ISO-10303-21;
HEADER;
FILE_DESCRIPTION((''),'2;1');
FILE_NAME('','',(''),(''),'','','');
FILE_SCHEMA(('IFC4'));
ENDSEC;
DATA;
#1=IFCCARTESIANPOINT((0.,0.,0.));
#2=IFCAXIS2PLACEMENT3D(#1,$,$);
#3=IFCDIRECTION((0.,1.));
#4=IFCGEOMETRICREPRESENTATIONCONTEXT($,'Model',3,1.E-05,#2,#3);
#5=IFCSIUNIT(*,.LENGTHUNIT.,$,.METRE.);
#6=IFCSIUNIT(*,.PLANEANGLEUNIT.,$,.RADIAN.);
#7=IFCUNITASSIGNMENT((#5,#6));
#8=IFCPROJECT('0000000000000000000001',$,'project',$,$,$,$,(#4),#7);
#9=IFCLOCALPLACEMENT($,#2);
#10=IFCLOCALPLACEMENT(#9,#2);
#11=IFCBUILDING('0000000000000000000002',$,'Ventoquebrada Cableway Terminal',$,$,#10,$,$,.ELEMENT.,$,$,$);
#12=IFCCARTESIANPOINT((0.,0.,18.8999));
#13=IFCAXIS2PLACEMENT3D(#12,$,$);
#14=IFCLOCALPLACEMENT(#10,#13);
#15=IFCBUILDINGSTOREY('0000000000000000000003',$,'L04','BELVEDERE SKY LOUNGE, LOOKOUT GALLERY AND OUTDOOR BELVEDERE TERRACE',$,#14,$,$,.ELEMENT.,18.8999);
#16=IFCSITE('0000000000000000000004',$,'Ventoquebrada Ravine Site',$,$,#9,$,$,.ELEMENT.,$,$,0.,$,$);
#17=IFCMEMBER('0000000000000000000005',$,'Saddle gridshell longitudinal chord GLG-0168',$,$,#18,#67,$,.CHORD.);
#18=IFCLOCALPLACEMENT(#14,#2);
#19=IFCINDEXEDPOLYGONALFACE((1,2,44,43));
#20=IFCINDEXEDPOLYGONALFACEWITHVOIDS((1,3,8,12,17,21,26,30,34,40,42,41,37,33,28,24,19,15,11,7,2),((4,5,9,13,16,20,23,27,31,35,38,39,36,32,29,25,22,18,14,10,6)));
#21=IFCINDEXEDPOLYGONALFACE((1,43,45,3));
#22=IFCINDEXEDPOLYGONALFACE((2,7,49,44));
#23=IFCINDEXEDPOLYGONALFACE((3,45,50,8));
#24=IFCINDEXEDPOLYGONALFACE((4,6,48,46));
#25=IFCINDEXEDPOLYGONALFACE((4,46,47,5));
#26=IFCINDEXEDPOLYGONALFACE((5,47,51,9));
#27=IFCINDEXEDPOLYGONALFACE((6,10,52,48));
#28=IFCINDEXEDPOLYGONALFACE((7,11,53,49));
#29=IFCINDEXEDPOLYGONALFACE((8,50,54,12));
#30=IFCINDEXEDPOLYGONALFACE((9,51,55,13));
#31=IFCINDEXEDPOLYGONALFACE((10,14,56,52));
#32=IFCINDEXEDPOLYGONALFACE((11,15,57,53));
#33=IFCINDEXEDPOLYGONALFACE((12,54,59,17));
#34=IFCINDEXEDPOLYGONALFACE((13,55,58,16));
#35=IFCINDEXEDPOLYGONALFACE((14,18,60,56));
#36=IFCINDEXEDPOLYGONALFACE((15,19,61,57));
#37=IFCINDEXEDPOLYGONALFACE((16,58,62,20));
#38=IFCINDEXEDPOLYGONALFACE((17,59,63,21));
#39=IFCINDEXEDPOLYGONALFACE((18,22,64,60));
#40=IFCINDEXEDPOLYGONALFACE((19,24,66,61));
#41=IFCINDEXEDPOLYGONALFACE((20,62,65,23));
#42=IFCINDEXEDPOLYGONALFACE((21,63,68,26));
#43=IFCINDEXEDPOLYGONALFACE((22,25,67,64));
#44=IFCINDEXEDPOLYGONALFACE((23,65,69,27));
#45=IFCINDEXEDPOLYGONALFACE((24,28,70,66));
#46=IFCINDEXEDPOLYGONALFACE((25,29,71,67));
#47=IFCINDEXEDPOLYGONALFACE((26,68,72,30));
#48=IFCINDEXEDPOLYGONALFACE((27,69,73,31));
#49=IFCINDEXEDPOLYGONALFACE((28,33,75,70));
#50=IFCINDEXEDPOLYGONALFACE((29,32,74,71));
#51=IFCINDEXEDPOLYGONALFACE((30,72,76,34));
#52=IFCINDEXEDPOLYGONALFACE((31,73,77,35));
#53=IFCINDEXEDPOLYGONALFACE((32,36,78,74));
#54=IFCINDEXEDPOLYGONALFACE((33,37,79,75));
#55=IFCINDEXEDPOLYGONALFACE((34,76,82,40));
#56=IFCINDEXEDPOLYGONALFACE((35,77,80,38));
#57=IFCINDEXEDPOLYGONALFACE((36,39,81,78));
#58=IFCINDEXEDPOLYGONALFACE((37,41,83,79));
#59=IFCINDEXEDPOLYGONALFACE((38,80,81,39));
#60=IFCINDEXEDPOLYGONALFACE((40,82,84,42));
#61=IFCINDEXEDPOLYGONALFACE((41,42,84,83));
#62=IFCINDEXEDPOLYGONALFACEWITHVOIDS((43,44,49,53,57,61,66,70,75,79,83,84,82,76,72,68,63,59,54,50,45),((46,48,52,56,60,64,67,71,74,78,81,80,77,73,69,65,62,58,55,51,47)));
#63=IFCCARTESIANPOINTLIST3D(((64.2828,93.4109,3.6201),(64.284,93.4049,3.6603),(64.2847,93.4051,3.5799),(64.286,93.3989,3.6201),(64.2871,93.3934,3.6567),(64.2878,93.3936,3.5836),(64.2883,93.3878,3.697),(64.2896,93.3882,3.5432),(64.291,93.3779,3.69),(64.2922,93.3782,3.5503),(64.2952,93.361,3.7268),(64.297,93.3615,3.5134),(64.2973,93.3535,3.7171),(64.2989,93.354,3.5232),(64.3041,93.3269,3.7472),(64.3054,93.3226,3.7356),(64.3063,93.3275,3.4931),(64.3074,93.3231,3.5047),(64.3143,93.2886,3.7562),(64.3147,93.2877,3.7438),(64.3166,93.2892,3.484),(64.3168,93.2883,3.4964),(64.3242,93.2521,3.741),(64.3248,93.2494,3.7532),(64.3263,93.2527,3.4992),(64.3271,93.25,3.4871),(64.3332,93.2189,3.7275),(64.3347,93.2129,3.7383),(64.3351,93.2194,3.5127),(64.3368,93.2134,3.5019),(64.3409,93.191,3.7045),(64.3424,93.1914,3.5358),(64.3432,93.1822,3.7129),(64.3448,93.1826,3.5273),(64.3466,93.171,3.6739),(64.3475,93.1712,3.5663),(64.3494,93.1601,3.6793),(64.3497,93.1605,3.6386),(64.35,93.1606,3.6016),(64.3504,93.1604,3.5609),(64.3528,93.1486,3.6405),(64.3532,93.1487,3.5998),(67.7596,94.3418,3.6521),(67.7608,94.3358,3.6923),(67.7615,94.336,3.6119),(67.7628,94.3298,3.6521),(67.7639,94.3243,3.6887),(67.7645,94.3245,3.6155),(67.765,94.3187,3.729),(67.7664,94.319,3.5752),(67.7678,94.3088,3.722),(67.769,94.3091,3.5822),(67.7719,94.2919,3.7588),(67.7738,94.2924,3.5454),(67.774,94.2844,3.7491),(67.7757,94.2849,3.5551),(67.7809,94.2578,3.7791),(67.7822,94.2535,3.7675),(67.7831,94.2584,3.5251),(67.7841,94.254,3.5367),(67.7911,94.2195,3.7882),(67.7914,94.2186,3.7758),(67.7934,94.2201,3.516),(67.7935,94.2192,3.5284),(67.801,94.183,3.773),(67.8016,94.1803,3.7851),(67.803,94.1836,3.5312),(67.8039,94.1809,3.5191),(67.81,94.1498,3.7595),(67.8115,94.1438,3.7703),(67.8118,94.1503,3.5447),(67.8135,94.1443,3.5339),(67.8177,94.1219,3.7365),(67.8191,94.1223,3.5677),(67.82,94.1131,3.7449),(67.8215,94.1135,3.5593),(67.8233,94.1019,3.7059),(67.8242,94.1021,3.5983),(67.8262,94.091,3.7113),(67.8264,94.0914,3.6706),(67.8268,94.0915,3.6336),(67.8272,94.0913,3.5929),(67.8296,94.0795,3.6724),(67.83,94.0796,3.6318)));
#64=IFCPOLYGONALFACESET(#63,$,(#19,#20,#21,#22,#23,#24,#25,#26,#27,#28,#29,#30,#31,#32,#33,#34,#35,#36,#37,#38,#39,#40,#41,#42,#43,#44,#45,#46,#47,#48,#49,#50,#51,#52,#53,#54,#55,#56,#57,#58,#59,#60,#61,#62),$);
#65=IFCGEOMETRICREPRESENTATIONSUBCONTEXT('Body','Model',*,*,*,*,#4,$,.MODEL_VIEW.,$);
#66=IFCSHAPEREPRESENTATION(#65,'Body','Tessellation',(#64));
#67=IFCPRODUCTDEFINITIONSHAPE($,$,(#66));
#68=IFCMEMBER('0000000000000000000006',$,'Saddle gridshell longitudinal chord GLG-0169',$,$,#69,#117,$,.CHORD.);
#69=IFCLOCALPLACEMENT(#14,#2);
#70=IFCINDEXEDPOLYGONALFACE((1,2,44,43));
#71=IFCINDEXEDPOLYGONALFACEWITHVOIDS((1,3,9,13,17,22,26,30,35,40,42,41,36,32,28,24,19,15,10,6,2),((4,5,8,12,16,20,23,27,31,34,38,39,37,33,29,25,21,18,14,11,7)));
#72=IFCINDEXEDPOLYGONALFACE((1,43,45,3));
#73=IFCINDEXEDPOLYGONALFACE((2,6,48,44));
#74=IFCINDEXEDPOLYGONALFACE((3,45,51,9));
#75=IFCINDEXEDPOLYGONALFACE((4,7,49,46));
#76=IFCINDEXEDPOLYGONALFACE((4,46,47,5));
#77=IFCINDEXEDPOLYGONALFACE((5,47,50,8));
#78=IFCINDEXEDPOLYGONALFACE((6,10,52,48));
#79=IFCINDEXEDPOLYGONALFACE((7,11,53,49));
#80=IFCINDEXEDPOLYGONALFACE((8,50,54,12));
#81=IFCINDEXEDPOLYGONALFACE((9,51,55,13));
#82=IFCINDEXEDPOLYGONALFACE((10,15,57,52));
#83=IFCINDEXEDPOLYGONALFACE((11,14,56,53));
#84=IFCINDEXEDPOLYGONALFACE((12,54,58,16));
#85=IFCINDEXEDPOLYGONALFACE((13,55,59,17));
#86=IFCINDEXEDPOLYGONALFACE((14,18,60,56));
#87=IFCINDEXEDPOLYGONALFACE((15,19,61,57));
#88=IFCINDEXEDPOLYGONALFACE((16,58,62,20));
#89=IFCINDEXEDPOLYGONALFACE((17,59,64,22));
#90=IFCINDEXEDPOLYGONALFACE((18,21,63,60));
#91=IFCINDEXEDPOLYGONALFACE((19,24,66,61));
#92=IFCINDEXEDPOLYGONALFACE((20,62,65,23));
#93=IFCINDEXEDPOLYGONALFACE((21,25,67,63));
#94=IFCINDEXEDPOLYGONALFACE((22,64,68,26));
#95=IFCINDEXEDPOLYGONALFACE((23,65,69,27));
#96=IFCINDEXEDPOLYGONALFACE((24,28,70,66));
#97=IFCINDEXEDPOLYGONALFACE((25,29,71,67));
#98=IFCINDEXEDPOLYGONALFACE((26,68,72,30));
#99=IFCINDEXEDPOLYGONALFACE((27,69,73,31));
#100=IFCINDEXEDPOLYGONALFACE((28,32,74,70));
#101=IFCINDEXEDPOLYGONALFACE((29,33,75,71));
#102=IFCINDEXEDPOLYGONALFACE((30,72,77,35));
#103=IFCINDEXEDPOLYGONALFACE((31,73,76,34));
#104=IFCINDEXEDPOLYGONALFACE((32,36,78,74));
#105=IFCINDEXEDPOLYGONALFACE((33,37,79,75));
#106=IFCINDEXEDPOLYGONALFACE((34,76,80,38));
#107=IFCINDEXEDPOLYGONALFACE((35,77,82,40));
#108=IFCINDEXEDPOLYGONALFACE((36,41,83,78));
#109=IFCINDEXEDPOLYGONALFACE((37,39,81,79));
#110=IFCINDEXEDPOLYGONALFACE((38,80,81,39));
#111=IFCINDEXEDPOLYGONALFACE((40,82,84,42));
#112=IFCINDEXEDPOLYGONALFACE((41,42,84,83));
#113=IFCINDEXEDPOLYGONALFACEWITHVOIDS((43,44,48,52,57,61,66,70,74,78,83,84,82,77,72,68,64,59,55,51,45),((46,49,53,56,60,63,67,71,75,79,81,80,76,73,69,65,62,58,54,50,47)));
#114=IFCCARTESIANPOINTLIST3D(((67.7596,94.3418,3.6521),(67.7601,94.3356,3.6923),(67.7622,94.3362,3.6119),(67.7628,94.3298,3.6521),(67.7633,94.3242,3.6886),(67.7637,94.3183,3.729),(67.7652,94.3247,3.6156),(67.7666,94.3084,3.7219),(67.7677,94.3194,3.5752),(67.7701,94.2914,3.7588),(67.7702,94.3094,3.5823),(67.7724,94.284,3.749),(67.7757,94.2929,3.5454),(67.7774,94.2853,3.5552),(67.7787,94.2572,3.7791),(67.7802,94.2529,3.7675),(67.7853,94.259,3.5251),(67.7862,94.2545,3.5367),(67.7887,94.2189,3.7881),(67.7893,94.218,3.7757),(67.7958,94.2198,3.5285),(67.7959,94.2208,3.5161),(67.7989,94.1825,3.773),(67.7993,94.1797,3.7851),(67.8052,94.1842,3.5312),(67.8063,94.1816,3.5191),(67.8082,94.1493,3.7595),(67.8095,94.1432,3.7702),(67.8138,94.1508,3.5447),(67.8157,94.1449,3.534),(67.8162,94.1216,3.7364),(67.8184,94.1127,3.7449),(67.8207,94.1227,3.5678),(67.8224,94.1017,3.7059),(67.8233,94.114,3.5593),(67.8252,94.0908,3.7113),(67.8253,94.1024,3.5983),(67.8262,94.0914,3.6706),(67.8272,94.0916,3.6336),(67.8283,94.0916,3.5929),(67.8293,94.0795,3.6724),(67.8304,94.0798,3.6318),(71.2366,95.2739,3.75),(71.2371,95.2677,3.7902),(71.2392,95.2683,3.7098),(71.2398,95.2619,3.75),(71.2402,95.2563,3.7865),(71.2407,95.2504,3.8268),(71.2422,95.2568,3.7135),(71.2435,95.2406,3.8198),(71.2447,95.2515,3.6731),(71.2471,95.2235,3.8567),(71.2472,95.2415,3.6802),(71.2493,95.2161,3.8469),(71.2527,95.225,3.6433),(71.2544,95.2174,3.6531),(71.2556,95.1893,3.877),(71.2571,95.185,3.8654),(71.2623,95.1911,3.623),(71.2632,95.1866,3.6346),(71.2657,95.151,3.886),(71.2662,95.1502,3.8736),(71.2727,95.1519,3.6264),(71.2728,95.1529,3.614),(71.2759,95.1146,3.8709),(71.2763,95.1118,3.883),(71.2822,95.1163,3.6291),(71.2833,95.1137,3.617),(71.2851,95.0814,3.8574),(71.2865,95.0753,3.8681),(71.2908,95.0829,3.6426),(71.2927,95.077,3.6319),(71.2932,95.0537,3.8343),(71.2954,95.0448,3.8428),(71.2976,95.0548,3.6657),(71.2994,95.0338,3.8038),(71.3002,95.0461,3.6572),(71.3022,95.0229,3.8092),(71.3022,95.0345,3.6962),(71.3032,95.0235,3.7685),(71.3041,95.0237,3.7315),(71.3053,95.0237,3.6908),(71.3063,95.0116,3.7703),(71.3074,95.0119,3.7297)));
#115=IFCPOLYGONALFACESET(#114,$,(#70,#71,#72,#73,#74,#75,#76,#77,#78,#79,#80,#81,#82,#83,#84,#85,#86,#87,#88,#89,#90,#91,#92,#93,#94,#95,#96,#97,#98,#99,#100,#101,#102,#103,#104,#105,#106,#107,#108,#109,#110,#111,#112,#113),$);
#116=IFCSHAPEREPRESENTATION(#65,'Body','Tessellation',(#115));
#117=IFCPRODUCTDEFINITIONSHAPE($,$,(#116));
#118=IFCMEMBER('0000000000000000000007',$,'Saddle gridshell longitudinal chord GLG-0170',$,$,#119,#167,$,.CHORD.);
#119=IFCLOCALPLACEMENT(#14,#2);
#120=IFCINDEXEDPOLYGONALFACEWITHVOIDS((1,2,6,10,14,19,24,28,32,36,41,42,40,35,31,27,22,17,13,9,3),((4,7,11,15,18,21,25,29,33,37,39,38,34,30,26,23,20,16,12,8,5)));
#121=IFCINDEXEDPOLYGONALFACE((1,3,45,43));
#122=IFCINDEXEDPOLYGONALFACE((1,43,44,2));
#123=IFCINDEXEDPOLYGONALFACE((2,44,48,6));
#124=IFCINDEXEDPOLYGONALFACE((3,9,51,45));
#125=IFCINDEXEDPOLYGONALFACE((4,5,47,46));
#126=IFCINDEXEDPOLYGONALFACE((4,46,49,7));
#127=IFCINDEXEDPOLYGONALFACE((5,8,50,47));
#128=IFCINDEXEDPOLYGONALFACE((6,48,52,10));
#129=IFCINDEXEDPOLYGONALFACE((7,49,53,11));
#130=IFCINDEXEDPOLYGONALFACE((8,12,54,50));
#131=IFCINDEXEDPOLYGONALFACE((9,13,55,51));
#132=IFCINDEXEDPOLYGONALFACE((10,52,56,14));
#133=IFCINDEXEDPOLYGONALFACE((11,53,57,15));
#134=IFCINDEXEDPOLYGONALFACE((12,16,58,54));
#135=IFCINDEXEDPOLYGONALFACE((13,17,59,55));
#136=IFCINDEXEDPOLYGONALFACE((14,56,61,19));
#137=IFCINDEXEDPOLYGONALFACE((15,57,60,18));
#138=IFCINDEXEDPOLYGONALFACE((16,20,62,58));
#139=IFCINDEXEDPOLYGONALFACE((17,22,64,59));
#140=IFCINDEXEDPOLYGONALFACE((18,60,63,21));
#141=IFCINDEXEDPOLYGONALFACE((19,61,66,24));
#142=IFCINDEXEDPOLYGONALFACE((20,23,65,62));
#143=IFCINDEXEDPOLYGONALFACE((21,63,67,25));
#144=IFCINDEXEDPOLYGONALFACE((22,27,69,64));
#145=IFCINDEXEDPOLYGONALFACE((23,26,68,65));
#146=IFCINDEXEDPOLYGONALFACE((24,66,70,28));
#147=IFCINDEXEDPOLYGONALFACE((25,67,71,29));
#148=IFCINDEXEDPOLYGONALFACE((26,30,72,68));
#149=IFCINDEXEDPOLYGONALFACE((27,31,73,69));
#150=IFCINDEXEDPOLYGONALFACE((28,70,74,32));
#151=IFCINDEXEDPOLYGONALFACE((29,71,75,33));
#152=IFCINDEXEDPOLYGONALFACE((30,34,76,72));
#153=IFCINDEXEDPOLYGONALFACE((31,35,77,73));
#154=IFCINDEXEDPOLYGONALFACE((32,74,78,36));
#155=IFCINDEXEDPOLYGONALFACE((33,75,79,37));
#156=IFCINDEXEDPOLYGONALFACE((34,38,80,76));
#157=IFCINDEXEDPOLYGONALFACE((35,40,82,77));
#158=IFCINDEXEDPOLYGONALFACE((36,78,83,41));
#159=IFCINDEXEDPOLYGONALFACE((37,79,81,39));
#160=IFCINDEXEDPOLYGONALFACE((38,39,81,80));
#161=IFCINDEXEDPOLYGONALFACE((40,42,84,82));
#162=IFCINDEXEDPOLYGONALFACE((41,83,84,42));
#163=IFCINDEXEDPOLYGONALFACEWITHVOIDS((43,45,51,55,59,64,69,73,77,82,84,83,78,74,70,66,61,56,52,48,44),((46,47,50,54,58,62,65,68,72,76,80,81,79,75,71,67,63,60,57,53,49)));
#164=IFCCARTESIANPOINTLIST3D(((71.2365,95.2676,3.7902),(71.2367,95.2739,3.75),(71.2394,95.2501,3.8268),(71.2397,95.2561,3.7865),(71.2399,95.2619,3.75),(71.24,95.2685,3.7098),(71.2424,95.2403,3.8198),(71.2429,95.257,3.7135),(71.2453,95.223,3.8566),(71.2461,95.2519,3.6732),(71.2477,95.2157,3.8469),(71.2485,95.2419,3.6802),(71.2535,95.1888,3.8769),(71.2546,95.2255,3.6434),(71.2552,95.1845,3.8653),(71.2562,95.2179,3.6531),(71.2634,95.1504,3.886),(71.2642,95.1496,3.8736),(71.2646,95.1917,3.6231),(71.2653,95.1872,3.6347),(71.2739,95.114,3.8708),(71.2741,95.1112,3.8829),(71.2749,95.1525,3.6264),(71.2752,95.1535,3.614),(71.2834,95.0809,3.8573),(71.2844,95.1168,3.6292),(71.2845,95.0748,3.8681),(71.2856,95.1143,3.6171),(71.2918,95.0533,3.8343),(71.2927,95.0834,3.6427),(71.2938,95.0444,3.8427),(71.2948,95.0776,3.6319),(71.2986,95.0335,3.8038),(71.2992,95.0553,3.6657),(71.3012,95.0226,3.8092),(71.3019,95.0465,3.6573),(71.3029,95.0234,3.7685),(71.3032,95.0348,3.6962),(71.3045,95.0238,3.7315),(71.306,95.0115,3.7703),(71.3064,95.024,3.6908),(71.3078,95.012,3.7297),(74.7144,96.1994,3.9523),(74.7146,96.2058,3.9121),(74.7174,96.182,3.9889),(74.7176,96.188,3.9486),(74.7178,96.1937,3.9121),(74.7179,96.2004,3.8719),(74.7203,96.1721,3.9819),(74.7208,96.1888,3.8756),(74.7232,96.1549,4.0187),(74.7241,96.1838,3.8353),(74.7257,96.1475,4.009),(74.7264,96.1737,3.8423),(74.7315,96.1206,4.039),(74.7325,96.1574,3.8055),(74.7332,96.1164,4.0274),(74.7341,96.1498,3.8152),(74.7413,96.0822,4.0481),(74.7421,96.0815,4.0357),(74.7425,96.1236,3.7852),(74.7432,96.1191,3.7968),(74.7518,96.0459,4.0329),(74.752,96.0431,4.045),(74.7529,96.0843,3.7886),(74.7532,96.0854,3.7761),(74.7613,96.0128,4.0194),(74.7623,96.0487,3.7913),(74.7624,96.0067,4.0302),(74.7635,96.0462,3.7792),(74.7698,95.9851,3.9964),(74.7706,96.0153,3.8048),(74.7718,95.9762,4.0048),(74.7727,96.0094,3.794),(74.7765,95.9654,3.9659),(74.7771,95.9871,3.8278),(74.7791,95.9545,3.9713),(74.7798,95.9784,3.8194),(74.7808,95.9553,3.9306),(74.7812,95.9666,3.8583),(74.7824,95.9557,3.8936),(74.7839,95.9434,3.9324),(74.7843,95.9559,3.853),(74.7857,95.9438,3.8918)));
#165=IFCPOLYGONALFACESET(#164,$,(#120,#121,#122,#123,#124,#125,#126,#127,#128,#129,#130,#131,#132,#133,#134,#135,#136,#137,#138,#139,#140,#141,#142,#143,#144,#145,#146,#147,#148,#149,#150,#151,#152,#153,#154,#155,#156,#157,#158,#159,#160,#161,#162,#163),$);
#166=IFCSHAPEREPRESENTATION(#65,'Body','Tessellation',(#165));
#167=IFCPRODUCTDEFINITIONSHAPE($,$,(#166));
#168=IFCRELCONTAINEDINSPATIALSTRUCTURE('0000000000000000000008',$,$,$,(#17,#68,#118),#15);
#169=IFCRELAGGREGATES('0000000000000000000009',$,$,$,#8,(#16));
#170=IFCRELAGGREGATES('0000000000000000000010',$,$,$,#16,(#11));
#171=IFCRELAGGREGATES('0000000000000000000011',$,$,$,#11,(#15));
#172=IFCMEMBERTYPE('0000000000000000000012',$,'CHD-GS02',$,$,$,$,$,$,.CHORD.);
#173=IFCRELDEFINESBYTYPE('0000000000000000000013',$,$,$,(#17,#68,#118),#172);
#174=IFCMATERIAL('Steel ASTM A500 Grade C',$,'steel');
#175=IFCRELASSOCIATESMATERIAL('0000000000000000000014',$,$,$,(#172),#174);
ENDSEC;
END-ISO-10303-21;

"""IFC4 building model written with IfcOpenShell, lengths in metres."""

from ifc_helpers import new_model, si_unit, direction, frame, origin, origin_2d, place, context, subcontext, project, spatial, hollow_circle, extrude, material, material_profile, profile_set, type_object, element, save


model = new_model("IFC4")

# Units and contexts
model_context = context("Model", 3, precision=1e-05, world=origin(), true_north=direction((0.0, 1.0)))
body_context = subcontext(model_context, "Body", "Model", "MODEL_VIEW")
ifc_project = project(units=[si_unit("LENGTHUNIT", "METRE"), si_unit("PLANEANGLEUNIT", "RADIAN")], contexts=[model_context])

# Site, building, storey
site_placement = place(None, origin())
site = spatial("IfcSite", under=ifc_project, at=site_placement, Name="Ventoquebrada Ravine Site", CompositionType="ELEMENT", RefElevation=0.0)
building_placement = place(site_placement, origin())
building = spatial("IfcBuilding", under=site, at=building_placement, Name="Ventoquebrada Cableway Terminal", CompositionType="ELEMENT")
storey_placement = place(building_placement, frame((0.0, 0.0, 18.8999)))
storey = spatial("IfcBuildingStorey", under=building, at=storey_placement, Name="L04", Description="BELVEDERE SKY LOUNGE, LOOKOUT GALLERY AND OUTDOOR BELVEDERE TERRACE", CompositionType="ELEMENT", Elevation=18.8999)

# Members
ifc_material_1 = material(Name="Steel ASTM A500 Grade C", Category="steel")
ifc_material_profile_1 = material_profile(ifc_material_1, hollow_circle(Radius=0.1365, WallThickness=0.0125, at=origin_2d()), Name="CHS273.0X12.5")
ifc_profile_set_1 = profile_set([ifc_material_profile_1], Name="Steel ASTM A500 Grade C")
member_type_1 = type_object("IfcMemberType", Name="CHD-GS02", PredefinedType="CHORD", material=ifc_profile_set_1)
member_1_placement = place(storey_placement, frame((64.3181, 93.2791, 3.6201), z_axis=(0.965936, 0.258628, 0.008885), x_axis=(-0.258638, 0.965974, 0.0)))
element("IfcMember", 1, at=member_1_placement, inside=storey, type_object=member_type_1, Name="Saddle gridshell longitudinal chord GLG-0168", PredefinedType="CHORD", context=body_context, shape_type="SweptSolid", body=[
    extrude(hollow_circle(Radius=0.1365, WallThickness=0.0125, at=origin_2d()), origin(), (0.0, 0.0, 1.0), 3.5994),
])
member_2_placement = place(storey_placement, frame((67.7949, 94.21, 3.6521), z_axis=(0.965537, 0.258842, 0.027186), x_axis=(-0.258937, 0.965894, 0.0)))
element("IfcMember", 2, at=member_2_placement, inside=storey, type_object=member_type_1, Name="Saddle gridshell longitudinal chord GLG-0169", PredefinedType="CHORD", context=body_context, shape_type="SweptSolid", body=[
    extrude(hollow_circle(Radius=0.1365, WallThickness=0.0125, at=origin_2d()), origin(), (0.0, 0.0, 1.0), 3.6011),
])
member_3_placement = place(storey_placement, frame((71.272, 95.1421, 3.75), z_axis=(0.964952, 0.258544, 0.044976), x_axis=(-0.258806, 0.965929, 0.0)))
element("IfcMember", 3, at=member_3_placement, inside=storey, type_object=member_type_1, Name="Saddle gridshell longitudinal chord GLG-0170", PredefinedType="CHORD", context=body_context, shape_type="SweptSolid", body=[
    extrude(hollow_circle(Radius=0.1365, WallThickness=0.0125, at=origin_2d()), origin(), (0.0, 0.0, 1.0), 3.6042),
])

save(model, "model.ifc")
